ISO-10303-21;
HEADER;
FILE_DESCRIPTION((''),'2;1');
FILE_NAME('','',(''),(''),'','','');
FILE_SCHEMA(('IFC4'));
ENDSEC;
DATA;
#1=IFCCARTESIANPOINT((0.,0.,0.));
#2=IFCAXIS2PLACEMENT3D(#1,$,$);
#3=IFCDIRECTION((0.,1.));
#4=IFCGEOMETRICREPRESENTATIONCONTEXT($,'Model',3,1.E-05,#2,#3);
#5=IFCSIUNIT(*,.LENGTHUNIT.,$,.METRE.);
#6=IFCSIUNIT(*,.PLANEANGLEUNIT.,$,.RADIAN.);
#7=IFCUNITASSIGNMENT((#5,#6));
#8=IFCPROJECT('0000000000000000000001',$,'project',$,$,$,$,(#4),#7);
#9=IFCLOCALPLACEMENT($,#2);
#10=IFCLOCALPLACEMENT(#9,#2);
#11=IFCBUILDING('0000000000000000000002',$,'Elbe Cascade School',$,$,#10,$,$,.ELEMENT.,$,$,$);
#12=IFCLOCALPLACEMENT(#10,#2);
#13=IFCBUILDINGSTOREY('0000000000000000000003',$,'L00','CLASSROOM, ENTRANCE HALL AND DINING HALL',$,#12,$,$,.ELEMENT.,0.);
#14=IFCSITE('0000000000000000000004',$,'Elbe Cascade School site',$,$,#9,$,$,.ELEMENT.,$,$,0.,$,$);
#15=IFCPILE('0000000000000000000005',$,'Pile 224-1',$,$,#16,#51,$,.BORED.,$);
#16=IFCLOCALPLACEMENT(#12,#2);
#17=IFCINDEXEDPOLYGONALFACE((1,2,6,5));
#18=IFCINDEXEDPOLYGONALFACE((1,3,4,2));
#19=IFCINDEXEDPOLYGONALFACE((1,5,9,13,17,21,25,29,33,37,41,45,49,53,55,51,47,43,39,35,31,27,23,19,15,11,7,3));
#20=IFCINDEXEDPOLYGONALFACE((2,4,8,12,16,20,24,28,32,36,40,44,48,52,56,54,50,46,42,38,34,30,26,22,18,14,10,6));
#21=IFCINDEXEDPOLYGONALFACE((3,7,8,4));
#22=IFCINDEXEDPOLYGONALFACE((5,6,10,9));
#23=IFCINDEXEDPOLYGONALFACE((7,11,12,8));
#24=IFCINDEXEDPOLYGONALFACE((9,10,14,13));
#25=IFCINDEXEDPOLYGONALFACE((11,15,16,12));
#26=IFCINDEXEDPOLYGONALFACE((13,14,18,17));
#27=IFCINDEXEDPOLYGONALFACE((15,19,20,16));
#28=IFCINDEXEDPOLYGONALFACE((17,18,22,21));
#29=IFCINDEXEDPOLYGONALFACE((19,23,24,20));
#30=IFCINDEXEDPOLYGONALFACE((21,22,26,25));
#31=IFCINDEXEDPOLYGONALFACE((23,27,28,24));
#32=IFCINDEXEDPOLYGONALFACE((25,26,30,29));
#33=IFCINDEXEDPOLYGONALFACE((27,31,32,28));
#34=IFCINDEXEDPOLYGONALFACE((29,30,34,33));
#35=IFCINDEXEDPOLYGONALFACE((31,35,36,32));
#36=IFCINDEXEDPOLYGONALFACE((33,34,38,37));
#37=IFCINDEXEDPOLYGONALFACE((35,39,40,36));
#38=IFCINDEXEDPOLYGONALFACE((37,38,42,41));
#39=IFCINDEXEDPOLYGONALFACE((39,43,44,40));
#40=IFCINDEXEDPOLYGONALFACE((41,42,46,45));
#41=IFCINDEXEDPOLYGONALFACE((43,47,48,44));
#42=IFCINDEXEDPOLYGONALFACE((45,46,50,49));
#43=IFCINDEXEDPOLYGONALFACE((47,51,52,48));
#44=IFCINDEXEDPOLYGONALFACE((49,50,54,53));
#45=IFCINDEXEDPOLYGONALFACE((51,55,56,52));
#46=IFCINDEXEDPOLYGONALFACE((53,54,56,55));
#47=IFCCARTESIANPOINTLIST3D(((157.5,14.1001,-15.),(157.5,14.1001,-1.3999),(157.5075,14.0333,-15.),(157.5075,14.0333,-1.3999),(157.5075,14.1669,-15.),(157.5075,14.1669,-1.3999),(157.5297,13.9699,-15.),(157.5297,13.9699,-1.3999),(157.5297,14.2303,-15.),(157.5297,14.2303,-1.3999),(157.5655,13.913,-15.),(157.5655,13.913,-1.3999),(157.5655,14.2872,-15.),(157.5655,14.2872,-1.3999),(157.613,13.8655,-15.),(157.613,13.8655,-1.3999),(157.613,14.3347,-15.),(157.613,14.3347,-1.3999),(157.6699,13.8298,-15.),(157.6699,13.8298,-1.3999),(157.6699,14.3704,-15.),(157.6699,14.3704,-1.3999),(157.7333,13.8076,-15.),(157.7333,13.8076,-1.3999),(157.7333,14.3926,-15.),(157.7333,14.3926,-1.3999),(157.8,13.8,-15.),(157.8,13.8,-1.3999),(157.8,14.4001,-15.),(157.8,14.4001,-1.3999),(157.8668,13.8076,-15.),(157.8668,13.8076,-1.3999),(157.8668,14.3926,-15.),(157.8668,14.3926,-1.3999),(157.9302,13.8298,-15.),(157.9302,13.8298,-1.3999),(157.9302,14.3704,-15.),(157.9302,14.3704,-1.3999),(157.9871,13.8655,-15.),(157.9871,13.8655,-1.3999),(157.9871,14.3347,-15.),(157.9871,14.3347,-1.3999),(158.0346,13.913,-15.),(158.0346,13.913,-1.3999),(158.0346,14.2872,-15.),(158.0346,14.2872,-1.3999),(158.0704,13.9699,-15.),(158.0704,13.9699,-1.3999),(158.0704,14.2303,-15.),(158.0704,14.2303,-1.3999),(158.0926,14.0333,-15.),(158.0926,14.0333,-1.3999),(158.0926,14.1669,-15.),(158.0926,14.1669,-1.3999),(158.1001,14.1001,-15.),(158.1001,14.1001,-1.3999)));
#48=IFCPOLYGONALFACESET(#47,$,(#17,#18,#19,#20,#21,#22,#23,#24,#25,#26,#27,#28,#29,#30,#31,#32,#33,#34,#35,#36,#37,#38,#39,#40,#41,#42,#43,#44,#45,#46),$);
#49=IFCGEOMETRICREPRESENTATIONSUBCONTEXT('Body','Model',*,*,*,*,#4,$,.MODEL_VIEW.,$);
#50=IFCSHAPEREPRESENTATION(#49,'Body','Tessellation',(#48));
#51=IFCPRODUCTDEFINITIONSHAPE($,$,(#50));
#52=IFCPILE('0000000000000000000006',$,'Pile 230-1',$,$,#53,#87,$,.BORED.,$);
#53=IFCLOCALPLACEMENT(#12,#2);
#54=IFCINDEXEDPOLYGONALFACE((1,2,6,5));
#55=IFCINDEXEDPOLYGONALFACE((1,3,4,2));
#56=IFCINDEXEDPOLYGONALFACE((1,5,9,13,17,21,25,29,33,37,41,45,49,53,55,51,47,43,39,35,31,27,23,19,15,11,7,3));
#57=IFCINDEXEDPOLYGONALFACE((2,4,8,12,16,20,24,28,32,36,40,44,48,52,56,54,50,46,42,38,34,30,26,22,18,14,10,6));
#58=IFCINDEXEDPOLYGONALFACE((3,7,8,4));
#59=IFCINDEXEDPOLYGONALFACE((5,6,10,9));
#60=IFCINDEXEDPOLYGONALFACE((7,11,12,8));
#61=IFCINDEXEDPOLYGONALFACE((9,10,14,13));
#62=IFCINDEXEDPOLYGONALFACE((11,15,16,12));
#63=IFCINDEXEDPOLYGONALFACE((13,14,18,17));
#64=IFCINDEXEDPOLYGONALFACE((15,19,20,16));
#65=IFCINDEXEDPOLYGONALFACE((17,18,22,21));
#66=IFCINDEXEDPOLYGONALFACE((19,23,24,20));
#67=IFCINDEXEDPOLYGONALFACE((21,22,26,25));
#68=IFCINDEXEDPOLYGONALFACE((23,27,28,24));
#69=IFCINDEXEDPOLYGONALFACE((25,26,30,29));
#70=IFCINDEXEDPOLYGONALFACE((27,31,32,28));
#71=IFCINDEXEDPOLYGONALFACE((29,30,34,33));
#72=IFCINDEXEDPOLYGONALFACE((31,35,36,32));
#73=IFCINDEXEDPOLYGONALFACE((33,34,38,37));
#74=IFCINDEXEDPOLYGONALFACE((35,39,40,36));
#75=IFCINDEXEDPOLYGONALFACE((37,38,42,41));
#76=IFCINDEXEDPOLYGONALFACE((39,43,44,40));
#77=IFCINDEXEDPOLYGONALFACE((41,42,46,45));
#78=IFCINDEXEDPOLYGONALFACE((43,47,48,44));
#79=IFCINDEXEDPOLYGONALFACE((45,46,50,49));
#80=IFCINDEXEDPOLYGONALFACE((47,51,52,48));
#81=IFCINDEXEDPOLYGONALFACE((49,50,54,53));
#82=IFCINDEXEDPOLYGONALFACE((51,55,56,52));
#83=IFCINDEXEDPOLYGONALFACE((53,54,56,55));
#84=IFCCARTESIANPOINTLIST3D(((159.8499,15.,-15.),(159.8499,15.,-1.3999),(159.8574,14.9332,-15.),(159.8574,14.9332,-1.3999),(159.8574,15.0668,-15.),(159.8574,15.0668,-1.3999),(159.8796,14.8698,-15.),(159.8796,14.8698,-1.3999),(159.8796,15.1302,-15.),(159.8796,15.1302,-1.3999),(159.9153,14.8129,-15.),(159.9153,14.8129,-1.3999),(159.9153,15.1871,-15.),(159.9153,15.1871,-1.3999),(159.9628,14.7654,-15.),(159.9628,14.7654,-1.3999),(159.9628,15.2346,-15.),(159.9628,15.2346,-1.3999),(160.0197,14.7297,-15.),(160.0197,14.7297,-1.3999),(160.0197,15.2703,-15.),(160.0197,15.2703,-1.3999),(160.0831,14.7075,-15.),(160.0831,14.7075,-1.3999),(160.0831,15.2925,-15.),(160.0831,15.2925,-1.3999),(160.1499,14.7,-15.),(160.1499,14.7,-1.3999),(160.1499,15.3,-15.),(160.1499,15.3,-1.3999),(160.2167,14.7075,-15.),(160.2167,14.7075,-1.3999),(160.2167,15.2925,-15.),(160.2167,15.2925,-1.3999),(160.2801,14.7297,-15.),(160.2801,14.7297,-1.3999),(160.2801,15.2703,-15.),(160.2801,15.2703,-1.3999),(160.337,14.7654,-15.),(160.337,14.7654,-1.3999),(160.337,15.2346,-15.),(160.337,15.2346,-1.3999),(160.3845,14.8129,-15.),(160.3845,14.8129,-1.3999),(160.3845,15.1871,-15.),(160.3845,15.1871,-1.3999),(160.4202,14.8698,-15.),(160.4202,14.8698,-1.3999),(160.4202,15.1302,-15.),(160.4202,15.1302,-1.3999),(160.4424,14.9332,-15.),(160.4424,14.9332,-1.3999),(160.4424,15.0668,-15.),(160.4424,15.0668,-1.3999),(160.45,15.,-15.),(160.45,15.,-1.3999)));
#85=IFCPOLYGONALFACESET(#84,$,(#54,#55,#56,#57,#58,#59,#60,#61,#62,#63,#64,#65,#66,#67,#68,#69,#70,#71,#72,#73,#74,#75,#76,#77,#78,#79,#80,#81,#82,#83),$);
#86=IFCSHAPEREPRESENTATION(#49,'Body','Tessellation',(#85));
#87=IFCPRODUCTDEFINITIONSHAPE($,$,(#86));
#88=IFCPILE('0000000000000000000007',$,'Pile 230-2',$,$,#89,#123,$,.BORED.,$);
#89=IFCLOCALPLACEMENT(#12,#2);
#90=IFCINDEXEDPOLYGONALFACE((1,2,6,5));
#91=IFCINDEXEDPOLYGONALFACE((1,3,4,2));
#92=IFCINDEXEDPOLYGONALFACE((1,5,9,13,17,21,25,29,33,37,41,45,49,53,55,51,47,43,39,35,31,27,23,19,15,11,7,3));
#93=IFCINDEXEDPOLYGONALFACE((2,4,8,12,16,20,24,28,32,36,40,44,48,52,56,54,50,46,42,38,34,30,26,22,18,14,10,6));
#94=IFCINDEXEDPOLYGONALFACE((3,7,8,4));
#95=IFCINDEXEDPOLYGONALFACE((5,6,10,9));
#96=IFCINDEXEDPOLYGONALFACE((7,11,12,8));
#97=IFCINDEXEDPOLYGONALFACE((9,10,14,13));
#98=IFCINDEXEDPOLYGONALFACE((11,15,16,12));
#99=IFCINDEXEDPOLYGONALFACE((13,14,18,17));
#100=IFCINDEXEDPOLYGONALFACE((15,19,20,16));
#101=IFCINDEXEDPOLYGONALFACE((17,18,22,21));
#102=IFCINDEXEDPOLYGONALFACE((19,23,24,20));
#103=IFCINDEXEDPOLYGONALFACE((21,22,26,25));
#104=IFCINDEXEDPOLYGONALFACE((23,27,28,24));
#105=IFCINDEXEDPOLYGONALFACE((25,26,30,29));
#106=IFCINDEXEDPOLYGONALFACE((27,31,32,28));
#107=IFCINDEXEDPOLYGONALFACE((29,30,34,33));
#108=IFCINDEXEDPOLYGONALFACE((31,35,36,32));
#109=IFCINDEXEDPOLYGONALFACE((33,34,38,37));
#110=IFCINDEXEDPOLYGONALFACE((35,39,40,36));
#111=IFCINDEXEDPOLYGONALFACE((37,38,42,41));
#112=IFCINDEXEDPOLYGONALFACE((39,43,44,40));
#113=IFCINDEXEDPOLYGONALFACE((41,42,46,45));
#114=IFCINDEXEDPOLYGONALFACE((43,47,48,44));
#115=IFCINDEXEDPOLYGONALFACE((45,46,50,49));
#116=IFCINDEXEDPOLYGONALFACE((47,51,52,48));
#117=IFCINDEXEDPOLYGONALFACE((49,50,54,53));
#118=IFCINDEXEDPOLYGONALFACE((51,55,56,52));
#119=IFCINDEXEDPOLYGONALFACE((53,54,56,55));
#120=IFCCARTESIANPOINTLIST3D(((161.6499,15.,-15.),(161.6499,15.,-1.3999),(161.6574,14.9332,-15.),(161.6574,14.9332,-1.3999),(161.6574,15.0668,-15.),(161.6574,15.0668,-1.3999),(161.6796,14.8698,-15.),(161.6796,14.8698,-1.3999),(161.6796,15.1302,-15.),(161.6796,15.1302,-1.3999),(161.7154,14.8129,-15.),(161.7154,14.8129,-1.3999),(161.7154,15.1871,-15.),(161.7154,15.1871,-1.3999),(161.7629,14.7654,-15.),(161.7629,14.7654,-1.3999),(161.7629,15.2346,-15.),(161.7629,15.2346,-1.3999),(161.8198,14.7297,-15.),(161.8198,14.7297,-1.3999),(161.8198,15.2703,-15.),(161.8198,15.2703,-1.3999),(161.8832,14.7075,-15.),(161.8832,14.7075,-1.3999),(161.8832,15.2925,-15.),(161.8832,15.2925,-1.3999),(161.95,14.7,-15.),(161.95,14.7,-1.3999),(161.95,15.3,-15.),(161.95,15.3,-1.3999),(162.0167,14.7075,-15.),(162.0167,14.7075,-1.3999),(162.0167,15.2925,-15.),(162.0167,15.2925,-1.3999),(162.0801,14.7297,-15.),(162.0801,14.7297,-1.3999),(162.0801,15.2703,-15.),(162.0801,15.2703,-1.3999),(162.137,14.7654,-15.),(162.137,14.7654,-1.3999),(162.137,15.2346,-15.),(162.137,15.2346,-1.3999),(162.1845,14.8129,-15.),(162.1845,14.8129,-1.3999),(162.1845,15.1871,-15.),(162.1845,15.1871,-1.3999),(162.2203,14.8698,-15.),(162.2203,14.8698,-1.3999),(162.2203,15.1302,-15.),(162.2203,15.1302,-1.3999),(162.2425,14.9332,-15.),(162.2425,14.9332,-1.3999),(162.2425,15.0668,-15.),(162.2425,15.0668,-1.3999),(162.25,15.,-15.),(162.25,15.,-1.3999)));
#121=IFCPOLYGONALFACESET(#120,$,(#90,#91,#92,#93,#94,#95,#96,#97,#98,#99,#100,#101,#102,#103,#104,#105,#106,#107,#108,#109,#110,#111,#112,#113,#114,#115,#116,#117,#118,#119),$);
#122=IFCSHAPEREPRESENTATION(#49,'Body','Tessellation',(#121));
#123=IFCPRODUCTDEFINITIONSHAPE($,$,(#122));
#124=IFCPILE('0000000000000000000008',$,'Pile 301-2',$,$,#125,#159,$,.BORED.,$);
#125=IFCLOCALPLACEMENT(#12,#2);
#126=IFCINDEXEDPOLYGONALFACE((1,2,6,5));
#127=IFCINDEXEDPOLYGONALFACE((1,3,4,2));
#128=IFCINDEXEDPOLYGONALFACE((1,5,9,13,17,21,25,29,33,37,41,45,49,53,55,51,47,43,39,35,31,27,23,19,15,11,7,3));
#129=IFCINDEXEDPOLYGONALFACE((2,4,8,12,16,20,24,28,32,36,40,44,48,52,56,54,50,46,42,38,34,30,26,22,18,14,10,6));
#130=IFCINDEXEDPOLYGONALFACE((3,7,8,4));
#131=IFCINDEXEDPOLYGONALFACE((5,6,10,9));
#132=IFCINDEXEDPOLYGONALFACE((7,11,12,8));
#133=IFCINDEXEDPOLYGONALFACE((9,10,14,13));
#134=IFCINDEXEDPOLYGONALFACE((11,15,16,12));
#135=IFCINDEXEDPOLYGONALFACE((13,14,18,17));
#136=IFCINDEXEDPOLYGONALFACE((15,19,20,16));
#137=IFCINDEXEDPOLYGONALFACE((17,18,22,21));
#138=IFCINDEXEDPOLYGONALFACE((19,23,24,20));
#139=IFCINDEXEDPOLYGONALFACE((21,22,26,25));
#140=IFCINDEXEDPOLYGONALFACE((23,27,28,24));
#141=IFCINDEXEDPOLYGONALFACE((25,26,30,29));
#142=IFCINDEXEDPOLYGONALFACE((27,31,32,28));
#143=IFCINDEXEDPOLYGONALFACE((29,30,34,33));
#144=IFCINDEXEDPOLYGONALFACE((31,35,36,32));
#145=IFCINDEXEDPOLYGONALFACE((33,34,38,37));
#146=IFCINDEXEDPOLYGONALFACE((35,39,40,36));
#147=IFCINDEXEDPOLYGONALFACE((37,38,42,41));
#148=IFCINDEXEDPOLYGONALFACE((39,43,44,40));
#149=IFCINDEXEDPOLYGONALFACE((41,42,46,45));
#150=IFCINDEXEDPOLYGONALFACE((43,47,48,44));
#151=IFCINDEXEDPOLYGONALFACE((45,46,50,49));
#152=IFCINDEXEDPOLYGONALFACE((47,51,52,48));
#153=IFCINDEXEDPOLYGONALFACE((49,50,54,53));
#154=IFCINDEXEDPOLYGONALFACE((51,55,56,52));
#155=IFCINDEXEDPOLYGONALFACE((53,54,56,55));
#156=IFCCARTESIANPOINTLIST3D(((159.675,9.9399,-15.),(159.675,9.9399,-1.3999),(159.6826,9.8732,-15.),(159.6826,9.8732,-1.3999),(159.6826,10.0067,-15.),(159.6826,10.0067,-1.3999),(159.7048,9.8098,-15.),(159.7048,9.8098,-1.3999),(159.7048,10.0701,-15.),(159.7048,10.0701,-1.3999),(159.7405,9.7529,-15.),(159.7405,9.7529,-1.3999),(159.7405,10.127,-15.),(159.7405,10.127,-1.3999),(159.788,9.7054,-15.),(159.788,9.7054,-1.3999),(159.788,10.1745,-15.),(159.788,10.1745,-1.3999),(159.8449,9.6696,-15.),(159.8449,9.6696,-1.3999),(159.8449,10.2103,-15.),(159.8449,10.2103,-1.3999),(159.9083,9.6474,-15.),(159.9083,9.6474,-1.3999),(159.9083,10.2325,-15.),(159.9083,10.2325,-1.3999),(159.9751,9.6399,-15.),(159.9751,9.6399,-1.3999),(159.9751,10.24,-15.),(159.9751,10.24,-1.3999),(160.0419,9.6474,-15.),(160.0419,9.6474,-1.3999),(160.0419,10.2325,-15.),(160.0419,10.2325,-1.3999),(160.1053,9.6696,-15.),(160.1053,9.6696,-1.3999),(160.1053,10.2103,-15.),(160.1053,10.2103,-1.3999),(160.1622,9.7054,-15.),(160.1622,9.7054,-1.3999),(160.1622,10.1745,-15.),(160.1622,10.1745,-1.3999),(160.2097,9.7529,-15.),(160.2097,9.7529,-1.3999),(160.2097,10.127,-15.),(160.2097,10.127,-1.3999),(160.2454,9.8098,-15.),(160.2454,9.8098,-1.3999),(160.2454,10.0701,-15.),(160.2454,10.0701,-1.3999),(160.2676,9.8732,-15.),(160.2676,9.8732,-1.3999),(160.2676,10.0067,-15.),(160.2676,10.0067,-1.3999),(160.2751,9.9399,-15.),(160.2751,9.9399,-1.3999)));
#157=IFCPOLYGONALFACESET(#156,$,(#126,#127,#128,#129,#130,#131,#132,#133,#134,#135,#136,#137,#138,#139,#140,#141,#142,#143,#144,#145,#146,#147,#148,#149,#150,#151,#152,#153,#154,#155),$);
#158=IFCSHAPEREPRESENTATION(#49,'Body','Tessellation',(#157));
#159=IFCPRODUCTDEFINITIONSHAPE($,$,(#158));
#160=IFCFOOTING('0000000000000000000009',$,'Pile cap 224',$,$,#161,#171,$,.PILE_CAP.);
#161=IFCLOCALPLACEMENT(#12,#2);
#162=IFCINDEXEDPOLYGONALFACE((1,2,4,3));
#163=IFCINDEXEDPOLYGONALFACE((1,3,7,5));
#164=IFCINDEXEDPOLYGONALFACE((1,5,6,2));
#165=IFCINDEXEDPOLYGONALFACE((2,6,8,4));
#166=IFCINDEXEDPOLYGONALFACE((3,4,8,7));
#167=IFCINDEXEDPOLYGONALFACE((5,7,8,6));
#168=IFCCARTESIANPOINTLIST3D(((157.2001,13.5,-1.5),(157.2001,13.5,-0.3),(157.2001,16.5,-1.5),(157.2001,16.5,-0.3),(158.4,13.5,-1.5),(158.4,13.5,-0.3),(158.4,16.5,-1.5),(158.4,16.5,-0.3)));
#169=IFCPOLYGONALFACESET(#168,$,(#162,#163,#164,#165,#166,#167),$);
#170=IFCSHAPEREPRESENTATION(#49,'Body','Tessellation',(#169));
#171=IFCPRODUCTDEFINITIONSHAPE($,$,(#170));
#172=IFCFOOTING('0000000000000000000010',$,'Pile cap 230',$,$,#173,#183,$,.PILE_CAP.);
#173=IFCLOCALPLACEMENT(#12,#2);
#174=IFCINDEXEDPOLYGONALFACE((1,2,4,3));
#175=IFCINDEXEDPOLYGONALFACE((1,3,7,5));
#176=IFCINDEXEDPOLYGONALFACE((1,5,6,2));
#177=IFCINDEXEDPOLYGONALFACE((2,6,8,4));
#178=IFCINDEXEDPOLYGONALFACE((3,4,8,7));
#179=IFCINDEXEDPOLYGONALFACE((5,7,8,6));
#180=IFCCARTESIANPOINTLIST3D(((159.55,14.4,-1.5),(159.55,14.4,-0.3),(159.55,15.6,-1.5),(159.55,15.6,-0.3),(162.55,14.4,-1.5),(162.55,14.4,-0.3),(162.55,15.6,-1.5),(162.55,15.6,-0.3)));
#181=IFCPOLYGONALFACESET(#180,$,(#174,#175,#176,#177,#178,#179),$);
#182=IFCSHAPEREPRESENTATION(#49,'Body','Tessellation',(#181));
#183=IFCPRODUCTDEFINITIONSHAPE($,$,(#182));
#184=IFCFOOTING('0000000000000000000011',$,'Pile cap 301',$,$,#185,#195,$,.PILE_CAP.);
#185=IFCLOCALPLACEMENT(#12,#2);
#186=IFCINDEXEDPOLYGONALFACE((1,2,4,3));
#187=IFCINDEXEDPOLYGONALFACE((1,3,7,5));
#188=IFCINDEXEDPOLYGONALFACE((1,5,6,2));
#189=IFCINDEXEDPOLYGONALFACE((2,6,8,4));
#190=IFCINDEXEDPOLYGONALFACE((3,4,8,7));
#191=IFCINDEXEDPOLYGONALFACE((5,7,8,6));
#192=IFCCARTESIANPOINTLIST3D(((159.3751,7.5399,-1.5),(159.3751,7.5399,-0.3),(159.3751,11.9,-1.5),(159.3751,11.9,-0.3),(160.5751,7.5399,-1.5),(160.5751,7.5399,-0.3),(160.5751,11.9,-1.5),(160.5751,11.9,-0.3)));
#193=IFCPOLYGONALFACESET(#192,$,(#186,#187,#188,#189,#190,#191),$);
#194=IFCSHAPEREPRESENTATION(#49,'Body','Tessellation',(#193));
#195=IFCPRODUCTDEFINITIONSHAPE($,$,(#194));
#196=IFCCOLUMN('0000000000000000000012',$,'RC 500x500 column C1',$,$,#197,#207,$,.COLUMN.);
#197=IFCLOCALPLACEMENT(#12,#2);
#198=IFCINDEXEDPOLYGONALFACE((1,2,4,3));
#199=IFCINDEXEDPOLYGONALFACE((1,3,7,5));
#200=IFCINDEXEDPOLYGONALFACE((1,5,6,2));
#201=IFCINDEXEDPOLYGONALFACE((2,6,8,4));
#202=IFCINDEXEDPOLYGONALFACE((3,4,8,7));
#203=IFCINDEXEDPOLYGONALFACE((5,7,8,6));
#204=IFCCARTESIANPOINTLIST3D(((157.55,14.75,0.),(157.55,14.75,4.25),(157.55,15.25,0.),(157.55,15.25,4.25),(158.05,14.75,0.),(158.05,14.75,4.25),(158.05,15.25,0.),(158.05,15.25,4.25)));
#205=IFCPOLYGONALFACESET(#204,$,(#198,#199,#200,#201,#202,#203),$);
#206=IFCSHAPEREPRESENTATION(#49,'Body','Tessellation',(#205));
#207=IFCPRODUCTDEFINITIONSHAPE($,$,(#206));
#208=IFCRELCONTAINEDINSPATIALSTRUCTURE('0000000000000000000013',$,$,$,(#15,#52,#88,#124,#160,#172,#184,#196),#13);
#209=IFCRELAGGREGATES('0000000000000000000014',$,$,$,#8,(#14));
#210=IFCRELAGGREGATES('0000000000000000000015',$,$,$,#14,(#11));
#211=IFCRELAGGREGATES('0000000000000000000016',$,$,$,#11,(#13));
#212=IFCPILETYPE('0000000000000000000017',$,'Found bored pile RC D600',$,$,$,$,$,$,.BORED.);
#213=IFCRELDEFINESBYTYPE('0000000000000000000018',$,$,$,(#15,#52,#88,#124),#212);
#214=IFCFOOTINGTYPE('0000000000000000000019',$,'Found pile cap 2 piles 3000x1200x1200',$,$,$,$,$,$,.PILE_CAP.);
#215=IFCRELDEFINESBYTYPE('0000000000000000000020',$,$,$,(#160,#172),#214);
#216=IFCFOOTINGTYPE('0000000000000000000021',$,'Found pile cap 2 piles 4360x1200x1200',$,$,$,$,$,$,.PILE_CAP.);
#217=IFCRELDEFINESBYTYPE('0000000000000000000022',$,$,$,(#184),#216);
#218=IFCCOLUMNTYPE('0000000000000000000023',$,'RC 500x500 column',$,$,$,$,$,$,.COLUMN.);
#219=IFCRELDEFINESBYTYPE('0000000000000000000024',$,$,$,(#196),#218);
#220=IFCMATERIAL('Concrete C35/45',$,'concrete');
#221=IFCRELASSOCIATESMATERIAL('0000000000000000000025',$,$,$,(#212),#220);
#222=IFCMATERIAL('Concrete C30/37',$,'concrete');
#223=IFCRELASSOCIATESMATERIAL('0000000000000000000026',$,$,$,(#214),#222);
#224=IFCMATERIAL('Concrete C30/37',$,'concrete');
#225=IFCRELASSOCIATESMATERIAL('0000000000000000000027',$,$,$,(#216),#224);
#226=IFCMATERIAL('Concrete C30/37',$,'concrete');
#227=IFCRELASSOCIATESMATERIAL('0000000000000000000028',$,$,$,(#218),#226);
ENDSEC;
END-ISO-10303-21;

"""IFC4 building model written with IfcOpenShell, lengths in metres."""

from ifc_helpers import new_model, si_unit, direction, frame, origin, origin_2d, place, context, subcontext, project, spatial, rectangle, circle, extrude, material, material_profile, profile_set, type_object, element, save


model = new_model("IFC4")

# Units and contexts
model_context = context("Model", 3, precision=1e-05, world=origin(), true_north=direction((0.0, 1.0)))
body_context = subcontext(model_context, "Body", "Model", "MODEL_VIEW")
ifc_project = project(units=[si_unit("LENGTHUNIT", "METRE"), si_unit("PLANEANGLEUNIT", "RADIAN")], contexts=[model_context])

# Site, building, storey
site_placement = place(None, origin())
site = spatial("IfcSite", under=ifc_project, at=site_placement, Name="Elbe Cascade School site", CompositionType="ELEMENT", RefElevation=0.0)
building_placement = place(site_placement, origin())
building = spatial("IfcBuilding", under=site, at=building_placement, Name="Elbe Cascade School", CompositionType="ELEMENT")
storey_placement = place(building_placement, origin())
storey = spatial("IfcBuildingStorey", under=building, at=storey_placement, Name="L00", Description="CLASSROOM, ENTRANCE HALL AND DINING HALL", CompositionType="ELEMENT", Elevation=0.0)

# Piles
ifc_material_1 = material(Name="Concrete C35/45", Category="concrete")
ifc_material_profile_1 = material_profile(ifc_material_1, circle(Radius=0.3, at=origin_2d()), Name="RC D600")
ifc_profile_set_1 = profile_set([ifc_material_profile_1], Name="Concrete C35/45")
pile_type = type_object("IfcPileType", Name="Found bored pile RC D600", PredefinedType="BORED", material=ifc_profile_set_1)
for number, where, z_axis, x_axis, name in (
    (1, (157.8, 14.1001, -1.3999), (0.0, 0.0, -1.0), (1.0, 0.0, 0.0), "Pile 224-1"),
    (2, (160.1499, 15.0, -1.3999), (0.0, 0.0, -1.0), (1.0, 0.0, 0.0), "Pile 230-1"),
    (3, (161.95, 15.0, -1.3999), (0.0, 0.0, -1.0), (1.0, 0.0, 0.0), "Pile 230-2"),
    (4, (159.9751, 9.9399, -1.3999), (0.0, 0.0, -1.0), (1.0, 0.0, 0.0), "Pile 301-2"),
):
    element("IfcPile", number, at=place(storey_placement, frame(where, z_axis=z_axis, x_axis=x_axis)), inside=storey, type_object=pile_type, Name=name, PredefinedType="BORED", context=body_context, shape_type="SweptSolid", body=[
        extrude(circle(Radius=0.3, at=origin_2d()), origin(), (0.0, 0.0, 1.0), 13.6001),
    ])

# Footings
ifc_material_2 = material(Name="Concrete C30/37", Category="concrete")
footing_type_1 = type_object("IfcFootingType", Name="Found pile cap 2 piles 3000x1200x1200", PredefinedType="PILE_CAP", material=ifc_material_2)
footing_1_placement = place(storey_placement, frame((157.8, 15.0, -1.5), z_axis=(0.0, 0.0, 1.0), x_axis=(1.0, 0.0, 0.0)))
element("IfcFooting", 5, at=footing_1_placement, inside=storey, type_object=footing_type_1, Name="Pile cap 224", PredefinedType="PILE_CAP", context=body_context, shape_type="SweptSolid", body=[
    extrude(rectangle(XDim=1.2, YDim=3.0, at=origin_2d()), origin(), (0.0, 0.0, 1.0), 1.2),
])
footing_2_placement = place(storey_placement, frame((161.05, 15.0, -1.5), z_axis=(0.0, 0.0, 1.0), x_axis=(1.0, 0.0, 0.0)))
element("IfcFooting", 6, at=footing_2_placement, inside=storey, type_object=footing_type_1, Name="Pile cap 230", PredefinedType="PILE_CAP", context=body_context, shape_type="SweptSolid", body=[
    extrude(rectangle(XDim=3.0, YDim=1.2, at=origin_2d()), origin(), (0.0, 0.0, 1.0), 1.2),
])
ifc_material_3 = material(Name="Concrete C30/37", Category="concrete")
footing_type_2 = type_object("IfcFootingType", Name="Found pile cap 2 piles 4360x1200x1200", PredefinedType="PILE_CAP", material=ifc_material_3)
footing_3_placement = place(storey_placement, frame((159.9751, 9.72, -1.5), z_axis=(0.0, 0.0, 1.0), x_axis=(1.0, 0.0, 0.0)))
element("IfcFooting", 7, at=footing_3_placement, inside=storey, type_object=footing_type_2, Name="Pile cap 301", PredefinedType="PILE_CAP", context=body_context, shape_type="SweptSolid", body=[
    extrude(rectangle(XDim=1.2, YDim=4.3601, at=origin_2d()), origin(), (0.0, 0.0, 1.0), 1.2),
])

# Column
ifc_material_4 = material(Name="Concrete C30/37", Category="concrete")
ifc_material_profile_2 = material_profile(ifc_material_4, rectangle(XDim=0.5, YDim=0.5, at=origin_2d()), Name="RC 500x500")
ifc_profile_set_2 = profile_set([ifc_material_profile_2], Name="Concrete C30/37")
column_type = type_object("IfcColumnType", Name="RC 500x500 column", PredefinedType="COLUMN", material=ifc_profile_set_2)
column_placement = place(storey_placement, frame((157.8, 15.0, 0.0), z_axis=(0.0, 0.0, 1.0), x_axis=(1.0, 0.0, 0.0)))
element("IfcColumn", 8, at=column_placement, inside=storey, type_object=column_type, Name="RC 500x500 column C1", PredefinedType="COLUMN", context=body_context, shape_type="SweptSolid", body=[
    extrude(rectangle(XDim=0.5, YDim=0.5, at=origin_2d()), origin(), (0.0, 0.0, 1.0), 4.25),
])

save(model, "model.ifc")
